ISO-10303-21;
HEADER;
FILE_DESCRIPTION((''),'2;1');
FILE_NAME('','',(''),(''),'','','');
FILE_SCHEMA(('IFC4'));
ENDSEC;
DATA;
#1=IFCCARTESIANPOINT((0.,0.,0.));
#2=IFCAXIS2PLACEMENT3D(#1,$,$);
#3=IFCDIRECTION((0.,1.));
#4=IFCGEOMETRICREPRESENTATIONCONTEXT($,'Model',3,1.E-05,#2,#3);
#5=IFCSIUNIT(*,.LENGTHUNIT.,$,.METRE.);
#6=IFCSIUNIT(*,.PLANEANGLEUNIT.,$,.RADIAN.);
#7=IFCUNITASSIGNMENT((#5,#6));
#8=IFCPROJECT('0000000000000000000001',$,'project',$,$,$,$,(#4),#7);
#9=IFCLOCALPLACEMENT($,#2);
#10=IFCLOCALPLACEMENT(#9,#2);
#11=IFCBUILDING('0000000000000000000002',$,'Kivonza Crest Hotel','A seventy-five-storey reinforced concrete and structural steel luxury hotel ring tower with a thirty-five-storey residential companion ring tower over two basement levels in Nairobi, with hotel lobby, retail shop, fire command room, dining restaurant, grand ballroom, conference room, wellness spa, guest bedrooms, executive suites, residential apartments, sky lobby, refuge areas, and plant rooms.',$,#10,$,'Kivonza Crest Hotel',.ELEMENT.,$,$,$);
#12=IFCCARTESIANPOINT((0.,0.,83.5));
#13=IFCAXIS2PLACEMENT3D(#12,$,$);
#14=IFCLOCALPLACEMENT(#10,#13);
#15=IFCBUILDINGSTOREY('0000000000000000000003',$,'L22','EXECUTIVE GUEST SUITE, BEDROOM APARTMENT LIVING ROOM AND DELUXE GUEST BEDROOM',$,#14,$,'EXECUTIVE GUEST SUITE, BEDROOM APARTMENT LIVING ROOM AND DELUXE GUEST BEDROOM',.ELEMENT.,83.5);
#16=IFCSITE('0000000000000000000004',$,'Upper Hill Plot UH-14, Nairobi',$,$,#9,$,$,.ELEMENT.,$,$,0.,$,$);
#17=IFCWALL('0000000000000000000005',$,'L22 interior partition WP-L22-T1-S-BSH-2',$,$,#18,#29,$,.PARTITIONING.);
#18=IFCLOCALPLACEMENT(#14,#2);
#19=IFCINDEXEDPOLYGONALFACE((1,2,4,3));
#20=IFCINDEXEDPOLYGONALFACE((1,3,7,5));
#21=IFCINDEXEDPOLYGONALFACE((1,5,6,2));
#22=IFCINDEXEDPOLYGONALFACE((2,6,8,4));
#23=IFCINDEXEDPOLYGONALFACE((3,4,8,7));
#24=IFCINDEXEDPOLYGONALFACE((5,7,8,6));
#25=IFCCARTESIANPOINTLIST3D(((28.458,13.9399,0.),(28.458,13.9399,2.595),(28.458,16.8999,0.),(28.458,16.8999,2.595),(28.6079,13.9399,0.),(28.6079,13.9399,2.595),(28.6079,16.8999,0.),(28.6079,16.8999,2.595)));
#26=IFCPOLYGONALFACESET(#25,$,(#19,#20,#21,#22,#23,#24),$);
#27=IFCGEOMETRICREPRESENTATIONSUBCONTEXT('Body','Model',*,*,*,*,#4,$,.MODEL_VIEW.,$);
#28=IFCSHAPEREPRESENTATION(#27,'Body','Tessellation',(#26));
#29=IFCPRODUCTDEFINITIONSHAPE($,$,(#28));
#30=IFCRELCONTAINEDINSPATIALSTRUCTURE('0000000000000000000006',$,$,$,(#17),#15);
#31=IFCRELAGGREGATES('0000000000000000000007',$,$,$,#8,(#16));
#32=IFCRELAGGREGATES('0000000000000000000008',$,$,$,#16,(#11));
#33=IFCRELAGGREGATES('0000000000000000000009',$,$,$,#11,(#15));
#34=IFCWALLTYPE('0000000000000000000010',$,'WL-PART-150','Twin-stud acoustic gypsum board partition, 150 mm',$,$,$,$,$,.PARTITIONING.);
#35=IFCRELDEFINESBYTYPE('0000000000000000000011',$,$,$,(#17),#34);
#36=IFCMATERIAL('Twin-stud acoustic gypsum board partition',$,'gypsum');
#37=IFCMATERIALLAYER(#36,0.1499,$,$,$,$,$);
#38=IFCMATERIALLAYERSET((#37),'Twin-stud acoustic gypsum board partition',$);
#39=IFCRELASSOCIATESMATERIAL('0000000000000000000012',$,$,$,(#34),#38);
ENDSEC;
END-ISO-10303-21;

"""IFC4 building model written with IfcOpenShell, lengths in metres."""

from ifc_helpers import new_model, si_unit, direction, frame, frame_2d, origin, place, context, subcontext, project, spatial, rectangle, extrude, material, layer, layer_set, type_object, element, save


model = new_model("IFC4")

# Units and contexts
model_context = context("Model", 3, precision=1e-05, world=origin(), true_north=direction((0.0, 1.0)))
body_context = subcontext(model_context, "Body", "Model", "MODEL_VIEW")
ifc_project = project(units=[si_unit("LENGTHUNIT", "METRE"), si_unit("PLANEANGLEUNIT", "RADIAN")], contexts=[model_context])

# Site, building, storey
site_placement = place(None, origin())
site = spatial("IfcSite", under=ifc_project, at=site_placement, Name="Upper Hill Plot UH-14, Nairobi", CompositionType="ELEMENT", RefElevation=0.0)
building_placement = place(site_placement, origin())
building = spatial("IfcBuilding", under=site, at=building_placement, Name="Kivonza Crest Hotel", Description="A seventy-five-storey reinforced concrete and structural steel luxury hotel ring tower with a thirty-five-storey residential companion ring tower over two basement levels in Nairobi, with hotel lobby, retail shop, fire command room, dining restaurant, grand ballroom, conference room, wellness spa, guest bedrooms, executive suites, residential apartments, sky lobby, refuge areas, and plant rooms.", LongName="Kivonza Crest Hotel", CompositionType="ELEMENT")
storey_placement = place(building_placement, frame((0.0, 0.0, 83.5)))
storey = spatial("IfcBuildingStorey", under=building, at=storey_placement, Name="L22", Description="EXECUTIVE GUEST SUITE, BEDROOM APARTMENT LIVING ROOM AND DELUXE GUEST BEDROOM", LongName="EXECUTIVE GUEST SUITE, BEDROOM APARTMENT LIVING ROOM AND DELUXE GUEST BEDROOM", CompositionType="ELEMENT", Elevation=83.5)

# Wall
ifc_material_1 = material(Name="Twin-stud acoustic gypsum board partition", Category="gypsum")
ifc_layer_1 = layer(ifc_material_1, 0.1499)
ifc_layer_set_1 = layer_set([ifc_layer_1], Name="Twin-stud acoustic gypsum board partition")
wall_type_1 = type_object("IfcWallType", Name="WL-PART-150", Description="Twin-stud acoustic gypsum board partition, 150 mm", PredefinedType="PARTITIONING", material=ifc_layer_set_1)
wall_1_placement = place(storey_placement, frame((28.533, 13.9399, 0.0), z_axis=(0.0, 0.0, 1.0), x_axis=(0.0, 1.0, 0.0)))
element("IfcWall", 1, at=wall_1_placement, inside=storey, type_object=wall_type_1, Name="L22 interior partition WP-L22-T1-S-BSH-2", PredefinedType="PARTITIONING", context=body_context, shape_type="SweptSolid", body=[
    extrude(rectangle(XDim=2.96, YDim=0.1499, at=frame_2d((1.48, 0.0))), origin(), (0.0, 0.0, 1.0), 2.595),
])

save(model, "model.ifc")
